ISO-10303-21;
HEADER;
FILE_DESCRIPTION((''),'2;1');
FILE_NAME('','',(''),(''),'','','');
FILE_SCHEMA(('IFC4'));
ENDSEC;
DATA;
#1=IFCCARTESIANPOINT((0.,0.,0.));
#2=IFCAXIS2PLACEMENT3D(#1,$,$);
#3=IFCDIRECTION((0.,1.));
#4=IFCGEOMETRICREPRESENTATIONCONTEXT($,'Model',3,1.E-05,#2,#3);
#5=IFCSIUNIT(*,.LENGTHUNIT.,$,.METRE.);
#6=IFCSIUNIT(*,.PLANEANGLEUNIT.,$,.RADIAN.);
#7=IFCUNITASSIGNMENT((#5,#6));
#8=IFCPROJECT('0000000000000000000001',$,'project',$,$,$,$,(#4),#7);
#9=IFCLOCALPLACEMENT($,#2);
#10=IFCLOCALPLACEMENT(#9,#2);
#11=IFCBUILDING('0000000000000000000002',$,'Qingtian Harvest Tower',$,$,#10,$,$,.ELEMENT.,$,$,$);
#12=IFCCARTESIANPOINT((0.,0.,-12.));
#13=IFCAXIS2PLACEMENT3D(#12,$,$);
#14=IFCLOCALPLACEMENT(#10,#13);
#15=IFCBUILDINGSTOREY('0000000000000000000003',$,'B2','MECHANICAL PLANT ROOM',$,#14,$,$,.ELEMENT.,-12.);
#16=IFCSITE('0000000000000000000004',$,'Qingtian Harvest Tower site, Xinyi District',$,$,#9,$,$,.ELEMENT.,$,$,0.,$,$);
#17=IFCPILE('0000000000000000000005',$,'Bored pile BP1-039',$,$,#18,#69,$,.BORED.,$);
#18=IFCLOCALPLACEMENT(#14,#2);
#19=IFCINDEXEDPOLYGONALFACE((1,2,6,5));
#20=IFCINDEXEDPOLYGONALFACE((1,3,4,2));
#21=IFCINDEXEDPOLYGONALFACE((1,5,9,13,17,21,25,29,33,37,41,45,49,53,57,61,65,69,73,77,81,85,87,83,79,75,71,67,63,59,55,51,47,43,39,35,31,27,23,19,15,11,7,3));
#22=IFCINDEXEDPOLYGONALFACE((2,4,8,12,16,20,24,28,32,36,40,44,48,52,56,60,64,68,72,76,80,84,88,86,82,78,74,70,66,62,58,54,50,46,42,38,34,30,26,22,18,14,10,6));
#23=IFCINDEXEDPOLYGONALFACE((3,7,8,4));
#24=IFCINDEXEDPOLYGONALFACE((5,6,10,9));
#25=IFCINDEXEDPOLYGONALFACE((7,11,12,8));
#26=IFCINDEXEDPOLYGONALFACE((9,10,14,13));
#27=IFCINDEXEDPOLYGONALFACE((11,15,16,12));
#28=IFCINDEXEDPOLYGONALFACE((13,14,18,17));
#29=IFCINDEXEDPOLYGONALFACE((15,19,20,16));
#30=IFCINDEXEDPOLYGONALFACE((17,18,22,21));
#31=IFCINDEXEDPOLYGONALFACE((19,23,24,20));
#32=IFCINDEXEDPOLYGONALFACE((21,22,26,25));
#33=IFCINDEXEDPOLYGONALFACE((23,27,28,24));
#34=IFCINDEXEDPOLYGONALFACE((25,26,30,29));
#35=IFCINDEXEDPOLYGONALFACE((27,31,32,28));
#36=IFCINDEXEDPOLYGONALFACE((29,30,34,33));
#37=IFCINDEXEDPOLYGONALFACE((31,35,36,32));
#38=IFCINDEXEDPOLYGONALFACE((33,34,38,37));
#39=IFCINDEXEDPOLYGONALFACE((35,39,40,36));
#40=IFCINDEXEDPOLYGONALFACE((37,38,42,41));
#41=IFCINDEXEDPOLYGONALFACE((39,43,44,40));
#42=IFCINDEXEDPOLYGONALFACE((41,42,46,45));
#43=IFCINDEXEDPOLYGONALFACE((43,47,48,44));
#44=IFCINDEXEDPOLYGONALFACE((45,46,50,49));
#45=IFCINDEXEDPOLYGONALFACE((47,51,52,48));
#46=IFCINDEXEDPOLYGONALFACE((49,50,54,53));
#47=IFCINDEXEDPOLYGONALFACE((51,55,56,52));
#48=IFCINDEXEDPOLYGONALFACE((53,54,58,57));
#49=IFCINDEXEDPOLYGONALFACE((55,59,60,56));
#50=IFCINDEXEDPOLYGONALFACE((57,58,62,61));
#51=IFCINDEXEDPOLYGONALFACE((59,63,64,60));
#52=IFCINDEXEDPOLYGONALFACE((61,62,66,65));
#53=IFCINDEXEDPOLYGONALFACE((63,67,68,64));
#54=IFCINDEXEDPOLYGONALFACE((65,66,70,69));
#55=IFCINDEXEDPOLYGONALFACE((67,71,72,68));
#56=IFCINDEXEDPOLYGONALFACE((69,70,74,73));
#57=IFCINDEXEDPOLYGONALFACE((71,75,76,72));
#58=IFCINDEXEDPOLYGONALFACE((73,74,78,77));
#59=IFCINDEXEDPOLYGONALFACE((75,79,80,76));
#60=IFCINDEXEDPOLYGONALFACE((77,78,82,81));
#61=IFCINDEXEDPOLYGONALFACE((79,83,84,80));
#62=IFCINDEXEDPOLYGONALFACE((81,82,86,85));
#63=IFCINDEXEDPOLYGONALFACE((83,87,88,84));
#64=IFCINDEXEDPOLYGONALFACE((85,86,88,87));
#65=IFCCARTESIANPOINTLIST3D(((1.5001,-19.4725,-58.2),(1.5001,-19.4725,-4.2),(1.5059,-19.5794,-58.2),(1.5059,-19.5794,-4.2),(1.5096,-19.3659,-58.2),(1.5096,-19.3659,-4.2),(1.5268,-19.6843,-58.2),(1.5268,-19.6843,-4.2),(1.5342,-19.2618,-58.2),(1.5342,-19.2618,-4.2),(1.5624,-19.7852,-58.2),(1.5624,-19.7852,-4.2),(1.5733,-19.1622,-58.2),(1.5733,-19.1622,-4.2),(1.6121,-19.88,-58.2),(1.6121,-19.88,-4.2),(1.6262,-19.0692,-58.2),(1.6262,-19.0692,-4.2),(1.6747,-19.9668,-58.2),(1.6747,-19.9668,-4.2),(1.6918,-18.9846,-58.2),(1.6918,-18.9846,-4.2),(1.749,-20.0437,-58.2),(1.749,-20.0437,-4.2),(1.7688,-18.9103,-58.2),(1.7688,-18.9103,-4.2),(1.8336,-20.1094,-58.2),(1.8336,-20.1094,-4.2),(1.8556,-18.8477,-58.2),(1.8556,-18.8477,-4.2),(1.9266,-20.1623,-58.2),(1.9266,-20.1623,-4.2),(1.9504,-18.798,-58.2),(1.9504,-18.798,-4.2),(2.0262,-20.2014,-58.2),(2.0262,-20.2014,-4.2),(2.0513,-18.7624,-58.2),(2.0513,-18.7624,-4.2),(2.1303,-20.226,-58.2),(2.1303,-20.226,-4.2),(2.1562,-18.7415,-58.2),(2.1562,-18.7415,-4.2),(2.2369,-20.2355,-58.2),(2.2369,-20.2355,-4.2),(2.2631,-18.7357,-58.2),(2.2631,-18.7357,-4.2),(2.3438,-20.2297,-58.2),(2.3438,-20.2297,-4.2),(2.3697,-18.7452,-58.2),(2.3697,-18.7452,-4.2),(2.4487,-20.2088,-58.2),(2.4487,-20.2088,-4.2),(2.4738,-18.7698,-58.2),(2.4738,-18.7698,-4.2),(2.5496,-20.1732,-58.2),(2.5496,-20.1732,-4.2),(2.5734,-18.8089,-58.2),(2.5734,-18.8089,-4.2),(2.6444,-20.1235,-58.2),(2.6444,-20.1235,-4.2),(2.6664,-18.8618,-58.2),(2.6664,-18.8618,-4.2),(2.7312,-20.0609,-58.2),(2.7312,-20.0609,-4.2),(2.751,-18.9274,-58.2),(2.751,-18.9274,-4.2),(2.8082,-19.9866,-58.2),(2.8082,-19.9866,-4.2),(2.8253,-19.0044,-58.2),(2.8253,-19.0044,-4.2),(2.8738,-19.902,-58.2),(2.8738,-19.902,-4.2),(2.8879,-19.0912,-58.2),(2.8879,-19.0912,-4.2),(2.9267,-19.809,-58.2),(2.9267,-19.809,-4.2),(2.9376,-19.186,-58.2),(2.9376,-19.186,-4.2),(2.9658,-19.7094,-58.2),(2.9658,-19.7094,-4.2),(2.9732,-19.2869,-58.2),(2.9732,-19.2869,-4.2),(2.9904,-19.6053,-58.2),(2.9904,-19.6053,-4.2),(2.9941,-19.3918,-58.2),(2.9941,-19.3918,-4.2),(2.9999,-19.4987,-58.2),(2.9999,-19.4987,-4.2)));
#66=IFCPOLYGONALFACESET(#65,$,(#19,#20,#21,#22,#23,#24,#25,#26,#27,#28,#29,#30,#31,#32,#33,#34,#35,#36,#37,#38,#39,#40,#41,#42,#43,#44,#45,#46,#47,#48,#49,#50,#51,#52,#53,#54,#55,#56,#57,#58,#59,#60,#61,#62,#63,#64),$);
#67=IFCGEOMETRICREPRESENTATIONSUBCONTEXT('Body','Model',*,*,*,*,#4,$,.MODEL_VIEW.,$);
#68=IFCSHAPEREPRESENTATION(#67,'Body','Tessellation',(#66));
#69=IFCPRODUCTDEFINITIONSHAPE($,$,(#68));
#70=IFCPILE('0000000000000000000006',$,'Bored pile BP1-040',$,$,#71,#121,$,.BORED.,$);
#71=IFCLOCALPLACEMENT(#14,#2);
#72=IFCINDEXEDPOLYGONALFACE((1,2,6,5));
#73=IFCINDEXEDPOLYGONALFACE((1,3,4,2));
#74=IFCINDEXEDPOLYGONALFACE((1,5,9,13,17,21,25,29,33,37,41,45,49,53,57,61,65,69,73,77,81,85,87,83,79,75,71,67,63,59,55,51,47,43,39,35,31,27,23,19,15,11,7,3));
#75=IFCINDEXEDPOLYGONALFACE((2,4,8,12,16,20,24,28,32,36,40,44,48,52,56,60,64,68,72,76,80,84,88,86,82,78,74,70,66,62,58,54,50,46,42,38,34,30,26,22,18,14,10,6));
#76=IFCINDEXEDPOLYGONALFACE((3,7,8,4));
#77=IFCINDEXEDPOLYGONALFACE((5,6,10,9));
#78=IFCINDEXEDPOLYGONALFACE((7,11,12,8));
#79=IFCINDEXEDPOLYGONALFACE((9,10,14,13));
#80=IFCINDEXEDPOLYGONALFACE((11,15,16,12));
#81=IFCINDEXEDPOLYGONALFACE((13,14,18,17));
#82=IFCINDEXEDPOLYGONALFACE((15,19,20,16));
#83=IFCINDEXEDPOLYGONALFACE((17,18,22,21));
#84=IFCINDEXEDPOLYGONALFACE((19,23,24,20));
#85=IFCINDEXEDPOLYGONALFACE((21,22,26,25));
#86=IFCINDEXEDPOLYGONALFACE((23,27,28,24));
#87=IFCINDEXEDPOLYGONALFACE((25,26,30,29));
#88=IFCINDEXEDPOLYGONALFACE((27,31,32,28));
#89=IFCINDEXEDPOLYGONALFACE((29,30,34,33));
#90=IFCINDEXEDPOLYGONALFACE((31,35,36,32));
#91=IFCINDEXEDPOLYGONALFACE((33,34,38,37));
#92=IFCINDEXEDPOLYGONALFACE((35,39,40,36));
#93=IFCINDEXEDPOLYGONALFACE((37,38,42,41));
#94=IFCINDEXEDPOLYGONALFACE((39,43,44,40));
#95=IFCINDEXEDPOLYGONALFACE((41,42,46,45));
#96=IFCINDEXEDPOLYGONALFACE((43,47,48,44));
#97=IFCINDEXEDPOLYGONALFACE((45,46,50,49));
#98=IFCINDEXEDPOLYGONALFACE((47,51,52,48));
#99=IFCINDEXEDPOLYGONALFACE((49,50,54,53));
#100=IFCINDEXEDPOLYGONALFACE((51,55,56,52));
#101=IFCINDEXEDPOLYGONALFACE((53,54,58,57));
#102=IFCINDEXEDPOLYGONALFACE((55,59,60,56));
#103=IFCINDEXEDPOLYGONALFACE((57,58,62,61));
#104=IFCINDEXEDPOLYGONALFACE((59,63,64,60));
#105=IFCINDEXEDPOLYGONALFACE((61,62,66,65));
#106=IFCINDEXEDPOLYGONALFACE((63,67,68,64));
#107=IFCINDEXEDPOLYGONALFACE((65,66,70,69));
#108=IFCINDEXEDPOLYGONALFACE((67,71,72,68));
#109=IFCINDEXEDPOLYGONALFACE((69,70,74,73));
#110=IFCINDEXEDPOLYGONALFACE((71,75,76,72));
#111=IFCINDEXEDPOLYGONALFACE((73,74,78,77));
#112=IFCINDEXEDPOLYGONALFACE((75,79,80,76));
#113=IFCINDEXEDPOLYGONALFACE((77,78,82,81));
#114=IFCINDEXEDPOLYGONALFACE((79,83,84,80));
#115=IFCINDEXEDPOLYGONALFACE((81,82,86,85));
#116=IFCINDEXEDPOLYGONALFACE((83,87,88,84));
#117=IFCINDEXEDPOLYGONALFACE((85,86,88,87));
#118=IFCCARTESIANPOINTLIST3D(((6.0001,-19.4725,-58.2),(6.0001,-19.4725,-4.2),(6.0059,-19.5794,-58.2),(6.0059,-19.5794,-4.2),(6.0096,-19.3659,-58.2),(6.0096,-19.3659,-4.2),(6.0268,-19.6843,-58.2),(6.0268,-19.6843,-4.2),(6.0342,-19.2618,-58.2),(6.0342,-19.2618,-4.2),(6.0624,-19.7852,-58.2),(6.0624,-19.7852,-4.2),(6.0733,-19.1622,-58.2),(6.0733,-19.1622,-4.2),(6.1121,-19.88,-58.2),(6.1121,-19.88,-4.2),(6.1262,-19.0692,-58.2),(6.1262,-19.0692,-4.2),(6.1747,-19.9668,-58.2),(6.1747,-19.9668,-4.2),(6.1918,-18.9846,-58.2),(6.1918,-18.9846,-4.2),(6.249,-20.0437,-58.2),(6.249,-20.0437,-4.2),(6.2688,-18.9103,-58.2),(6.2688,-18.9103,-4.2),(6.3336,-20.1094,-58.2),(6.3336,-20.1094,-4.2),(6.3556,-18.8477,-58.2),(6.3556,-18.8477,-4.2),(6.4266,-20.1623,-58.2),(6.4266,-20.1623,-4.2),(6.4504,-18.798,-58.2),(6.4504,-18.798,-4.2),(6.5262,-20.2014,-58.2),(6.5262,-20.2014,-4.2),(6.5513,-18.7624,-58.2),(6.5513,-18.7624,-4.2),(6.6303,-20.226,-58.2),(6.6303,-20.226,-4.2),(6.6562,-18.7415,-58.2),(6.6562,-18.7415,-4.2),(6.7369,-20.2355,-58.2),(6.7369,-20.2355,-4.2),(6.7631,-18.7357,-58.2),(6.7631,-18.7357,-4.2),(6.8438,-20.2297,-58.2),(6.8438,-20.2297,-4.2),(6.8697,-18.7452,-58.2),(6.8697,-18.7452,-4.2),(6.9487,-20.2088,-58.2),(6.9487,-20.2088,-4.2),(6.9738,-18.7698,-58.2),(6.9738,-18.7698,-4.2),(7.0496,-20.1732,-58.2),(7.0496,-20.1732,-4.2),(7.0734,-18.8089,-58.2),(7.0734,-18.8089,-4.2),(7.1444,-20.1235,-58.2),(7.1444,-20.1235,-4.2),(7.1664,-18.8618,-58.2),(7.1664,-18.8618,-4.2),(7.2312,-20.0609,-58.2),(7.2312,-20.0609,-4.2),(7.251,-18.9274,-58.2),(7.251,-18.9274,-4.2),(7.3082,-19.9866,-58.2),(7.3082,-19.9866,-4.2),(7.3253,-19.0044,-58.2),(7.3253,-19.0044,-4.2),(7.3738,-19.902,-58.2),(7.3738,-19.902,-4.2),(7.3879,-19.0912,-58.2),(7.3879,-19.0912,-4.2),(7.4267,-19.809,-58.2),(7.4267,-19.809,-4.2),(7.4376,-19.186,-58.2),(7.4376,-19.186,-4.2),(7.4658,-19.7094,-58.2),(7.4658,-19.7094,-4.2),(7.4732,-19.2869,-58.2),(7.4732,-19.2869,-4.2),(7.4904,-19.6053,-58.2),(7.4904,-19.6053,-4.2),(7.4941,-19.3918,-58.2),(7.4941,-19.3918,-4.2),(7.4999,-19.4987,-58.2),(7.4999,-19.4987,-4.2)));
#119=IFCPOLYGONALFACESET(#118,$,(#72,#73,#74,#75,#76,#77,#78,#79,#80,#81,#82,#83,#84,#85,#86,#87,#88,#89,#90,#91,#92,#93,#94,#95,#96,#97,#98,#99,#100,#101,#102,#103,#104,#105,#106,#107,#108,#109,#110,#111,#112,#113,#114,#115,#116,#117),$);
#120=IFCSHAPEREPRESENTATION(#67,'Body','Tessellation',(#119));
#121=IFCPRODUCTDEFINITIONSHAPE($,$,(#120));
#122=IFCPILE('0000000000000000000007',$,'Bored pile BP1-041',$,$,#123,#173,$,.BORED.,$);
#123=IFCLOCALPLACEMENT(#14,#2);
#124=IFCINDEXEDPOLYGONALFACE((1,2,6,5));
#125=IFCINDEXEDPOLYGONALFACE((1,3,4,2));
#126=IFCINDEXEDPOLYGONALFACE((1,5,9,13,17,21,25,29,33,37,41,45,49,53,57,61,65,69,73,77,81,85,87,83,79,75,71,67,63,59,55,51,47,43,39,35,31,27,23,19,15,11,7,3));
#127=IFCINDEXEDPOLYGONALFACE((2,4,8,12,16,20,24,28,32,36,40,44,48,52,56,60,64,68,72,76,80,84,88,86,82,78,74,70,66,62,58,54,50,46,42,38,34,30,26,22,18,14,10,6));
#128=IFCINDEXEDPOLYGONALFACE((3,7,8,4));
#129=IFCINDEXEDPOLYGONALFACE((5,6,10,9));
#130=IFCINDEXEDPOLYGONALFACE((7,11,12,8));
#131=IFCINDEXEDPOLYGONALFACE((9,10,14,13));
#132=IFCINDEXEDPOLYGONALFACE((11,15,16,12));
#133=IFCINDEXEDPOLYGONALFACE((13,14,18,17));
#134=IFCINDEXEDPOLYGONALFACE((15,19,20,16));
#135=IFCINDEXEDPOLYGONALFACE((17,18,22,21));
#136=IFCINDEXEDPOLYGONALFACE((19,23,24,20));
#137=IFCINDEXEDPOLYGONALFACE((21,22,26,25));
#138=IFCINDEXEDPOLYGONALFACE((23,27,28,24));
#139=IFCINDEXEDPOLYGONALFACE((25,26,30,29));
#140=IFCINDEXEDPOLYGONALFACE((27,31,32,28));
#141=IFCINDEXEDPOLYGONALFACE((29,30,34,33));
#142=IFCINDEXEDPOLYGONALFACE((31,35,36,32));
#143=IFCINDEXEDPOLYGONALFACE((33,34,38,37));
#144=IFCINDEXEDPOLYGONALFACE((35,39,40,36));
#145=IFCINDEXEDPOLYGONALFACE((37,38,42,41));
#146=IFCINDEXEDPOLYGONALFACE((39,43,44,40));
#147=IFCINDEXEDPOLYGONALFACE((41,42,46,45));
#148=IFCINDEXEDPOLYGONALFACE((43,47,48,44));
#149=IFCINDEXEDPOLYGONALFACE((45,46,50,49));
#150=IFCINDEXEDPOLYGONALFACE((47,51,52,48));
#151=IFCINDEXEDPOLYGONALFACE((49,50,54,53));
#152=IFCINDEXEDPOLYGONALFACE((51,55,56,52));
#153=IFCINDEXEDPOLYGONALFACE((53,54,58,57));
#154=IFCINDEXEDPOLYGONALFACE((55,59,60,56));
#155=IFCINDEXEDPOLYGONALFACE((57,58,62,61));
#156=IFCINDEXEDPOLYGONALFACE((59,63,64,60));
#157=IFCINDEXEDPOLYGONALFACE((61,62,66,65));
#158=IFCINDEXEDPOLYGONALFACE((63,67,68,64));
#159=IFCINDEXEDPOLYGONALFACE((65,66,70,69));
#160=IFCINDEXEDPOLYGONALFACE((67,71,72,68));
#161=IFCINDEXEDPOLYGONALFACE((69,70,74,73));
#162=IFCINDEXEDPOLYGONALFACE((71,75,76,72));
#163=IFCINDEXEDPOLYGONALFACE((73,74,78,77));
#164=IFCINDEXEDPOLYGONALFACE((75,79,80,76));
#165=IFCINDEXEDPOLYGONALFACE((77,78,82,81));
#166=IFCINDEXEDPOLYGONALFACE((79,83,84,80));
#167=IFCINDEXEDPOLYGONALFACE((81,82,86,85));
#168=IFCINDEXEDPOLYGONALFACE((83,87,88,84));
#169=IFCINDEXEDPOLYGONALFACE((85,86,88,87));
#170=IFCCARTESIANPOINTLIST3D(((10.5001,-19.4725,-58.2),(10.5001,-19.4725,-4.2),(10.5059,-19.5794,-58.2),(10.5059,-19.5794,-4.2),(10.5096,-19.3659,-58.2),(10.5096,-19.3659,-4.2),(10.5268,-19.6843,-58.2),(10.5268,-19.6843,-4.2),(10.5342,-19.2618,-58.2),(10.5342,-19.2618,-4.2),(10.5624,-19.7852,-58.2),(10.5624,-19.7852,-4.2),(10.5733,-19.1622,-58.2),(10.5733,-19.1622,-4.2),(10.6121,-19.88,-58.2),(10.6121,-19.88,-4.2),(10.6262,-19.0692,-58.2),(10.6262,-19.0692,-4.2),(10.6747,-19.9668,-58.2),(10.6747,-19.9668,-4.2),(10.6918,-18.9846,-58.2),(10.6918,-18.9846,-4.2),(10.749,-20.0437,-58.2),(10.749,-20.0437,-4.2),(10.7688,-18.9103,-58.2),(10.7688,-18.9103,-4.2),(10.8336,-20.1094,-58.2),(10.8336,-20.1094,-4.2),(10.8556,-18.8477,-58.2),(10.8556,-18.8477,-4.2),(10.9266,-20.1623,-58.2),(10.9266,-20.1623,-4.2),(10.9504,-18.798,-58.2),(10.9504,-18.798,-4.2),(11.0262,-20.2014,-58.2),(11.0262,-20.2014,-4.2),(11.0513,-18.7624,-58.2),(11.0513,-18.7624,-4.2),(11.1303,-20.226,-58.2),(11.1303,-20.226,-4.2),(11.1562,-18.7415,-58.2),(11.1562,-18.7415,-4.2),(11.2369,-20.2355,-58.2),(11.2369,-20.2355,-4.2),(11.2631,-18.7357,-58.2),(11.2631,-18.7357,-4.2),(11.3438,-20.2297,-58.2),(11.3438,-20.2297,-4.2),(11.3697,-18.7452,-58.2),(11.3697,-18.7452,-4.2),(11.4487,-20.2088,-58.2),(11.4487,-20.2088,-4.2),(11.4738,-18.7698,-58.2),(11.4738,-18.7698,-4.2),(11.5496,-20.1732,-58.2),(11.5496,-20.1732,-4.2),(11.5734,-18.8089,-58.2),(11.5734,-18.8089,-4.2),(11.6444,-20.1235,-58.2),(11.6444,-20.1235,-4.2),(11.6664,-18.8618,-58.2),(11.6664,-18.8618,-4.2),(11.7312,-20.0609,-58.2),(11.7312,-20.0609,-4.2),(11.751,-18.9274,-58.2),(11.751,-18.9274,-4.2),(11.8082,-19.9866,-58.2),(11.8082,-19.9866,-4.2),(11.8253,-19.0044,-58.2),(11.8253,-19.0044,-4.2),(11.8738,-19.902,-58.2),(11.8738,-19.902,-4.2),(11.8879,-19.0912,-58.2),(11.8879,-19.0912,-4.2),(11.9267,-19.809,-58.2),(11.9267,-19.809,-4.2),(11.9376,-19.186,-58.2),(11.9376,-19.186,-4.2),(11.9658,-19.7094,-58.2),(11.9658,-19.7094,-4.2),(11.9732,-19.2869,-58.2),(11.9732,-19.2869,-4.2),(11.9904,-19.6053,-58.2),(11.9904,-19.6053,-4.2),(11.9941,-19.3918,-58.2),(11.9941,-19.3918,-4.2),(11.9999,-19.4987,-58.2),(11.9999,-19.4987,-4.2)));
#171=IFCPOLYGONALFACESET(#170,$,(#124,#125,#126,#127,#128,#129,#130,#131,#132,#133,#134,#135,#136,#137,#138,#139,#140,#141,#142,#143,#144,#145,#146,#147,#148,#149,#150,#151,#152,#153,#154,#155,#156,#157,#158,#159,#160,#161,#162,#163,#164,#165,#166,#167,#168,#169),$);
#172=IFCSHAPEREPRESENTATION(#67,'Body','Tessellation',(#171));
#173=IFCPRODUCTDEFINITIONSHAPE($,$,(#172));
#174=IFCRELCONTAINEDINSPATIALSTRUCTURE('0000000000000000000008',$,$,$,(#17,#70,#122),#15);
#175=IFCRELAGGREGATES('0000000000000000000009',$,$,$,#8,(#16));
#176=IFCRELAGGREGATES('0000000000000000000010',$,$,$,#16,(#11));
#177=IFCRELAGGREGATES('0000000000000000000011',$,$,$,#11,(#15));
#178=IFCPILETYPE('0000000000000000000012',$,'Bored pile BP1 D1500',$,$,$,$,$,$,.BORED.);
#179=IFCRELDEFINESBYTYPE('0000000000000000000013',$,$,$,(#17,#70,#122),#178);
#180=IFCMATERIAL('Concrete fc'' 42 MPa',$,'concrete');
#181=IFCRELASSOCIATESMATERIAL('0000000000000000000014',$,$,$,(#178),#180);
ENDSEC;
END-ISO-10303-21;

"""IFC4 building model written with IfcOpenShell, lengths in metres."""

from ifc_helpers import new_model, si_unit, direction, frame, frame_2d, origin, place, context, subcontext, project, spatial, circle, extrude, material, material_profile, profile_set, type_object, element, save


model = new_model("IFC4")

# Units and contexts
model_context = context("Model", 3, precision=1e-05, world=origin(), true_north=direction((0.0, 1.0)))
body_context = subcontext(model_context, "Body", "Model", "MODEL_VIEW")
ifc_project = project(units=[si_unit("LENGTHUNIT", "METRE"), si_unit("PLANEANGLEUNIT", "RADIAN")], contexts=[model_context])

# Site, building, storey
site_placement = place(None, origin())
site = spatial("IfcSite", under=ifc_project, at=site_placement, Name="Qingtian Harvest Tower site, Xinyi District", CompositionType="ELEMENT", RefElevation=0.0)
building_placement = place(site_placement, origin())
building = spatial("IfcBuilding", under=site, at=building_placement, Name="Qingtian Harvest Tower", CompositionType="ELEMENT")
storey_placement = place(building_placement, frame((0.0, 0.0, -12.0)))
storey = spatial("IfcBuildingStorey", under=building, at=storey_placement, Name="B2", Description="MECHANICAL PLANT ROOM", CompositionType="ELEMENT", Elevation=-12.0)

# Piles
ifc_material_1 = material(Name="Concrete fc' 42 MPa", Category="concrete")
ifc_material_profile_1 = material_profile(ifc_material_1, circle(Radius=0.75, at=frame_2d((0.0, 0.0), x_axis=(0.999848, 0.017452))), Name="Bored pile BP1 D1500")
ifc_profile_set_1 = profile_set([ifc_material_profile_1], Name="Concrete fc' 42 MPa")
pile_type = type_object("IfcPileType", Name="Bored pile BP1 D1500", PredefinedType="BORED", material=ifc_profile_set_1)
for number, where, z_axis, x_axis, name in (
    (1, (2.25, -19.4856, -4.2), (0.0, 0.0, -1.0), (1.0, 0.0, 0.0), "Bored pile BP1-039"),
    (2, (6.75, -19.4856, -4.2), (0.0, 0.0, -1.0), (1.0, 0.0, 0.0), "Bored pile BP1-040"),
    (3, (11.25, -19.4856, -4.2), (0.0, 0.0, -1.0), (1.0, 0.0, 0.0), "Bored pile BP1-041"),
):
    element("IfcPile", number, at=place(storey_placement, frame(where, z_axis=z_axis, x_axis=x_axis)), inside=storey, type_object=pile_type, Name=name, PredefinedType="BORED", context=body_context, shape_type="SweptSolid", body=[
        extrude(circle(Radius=0.75, at=frame_2d((0.0, 0.0), x_axis=(0.999848, 0.017452))), origin(), (0.0, 0.0, 1.0), 54.0),
    ])

save(model, "model.ifc")
